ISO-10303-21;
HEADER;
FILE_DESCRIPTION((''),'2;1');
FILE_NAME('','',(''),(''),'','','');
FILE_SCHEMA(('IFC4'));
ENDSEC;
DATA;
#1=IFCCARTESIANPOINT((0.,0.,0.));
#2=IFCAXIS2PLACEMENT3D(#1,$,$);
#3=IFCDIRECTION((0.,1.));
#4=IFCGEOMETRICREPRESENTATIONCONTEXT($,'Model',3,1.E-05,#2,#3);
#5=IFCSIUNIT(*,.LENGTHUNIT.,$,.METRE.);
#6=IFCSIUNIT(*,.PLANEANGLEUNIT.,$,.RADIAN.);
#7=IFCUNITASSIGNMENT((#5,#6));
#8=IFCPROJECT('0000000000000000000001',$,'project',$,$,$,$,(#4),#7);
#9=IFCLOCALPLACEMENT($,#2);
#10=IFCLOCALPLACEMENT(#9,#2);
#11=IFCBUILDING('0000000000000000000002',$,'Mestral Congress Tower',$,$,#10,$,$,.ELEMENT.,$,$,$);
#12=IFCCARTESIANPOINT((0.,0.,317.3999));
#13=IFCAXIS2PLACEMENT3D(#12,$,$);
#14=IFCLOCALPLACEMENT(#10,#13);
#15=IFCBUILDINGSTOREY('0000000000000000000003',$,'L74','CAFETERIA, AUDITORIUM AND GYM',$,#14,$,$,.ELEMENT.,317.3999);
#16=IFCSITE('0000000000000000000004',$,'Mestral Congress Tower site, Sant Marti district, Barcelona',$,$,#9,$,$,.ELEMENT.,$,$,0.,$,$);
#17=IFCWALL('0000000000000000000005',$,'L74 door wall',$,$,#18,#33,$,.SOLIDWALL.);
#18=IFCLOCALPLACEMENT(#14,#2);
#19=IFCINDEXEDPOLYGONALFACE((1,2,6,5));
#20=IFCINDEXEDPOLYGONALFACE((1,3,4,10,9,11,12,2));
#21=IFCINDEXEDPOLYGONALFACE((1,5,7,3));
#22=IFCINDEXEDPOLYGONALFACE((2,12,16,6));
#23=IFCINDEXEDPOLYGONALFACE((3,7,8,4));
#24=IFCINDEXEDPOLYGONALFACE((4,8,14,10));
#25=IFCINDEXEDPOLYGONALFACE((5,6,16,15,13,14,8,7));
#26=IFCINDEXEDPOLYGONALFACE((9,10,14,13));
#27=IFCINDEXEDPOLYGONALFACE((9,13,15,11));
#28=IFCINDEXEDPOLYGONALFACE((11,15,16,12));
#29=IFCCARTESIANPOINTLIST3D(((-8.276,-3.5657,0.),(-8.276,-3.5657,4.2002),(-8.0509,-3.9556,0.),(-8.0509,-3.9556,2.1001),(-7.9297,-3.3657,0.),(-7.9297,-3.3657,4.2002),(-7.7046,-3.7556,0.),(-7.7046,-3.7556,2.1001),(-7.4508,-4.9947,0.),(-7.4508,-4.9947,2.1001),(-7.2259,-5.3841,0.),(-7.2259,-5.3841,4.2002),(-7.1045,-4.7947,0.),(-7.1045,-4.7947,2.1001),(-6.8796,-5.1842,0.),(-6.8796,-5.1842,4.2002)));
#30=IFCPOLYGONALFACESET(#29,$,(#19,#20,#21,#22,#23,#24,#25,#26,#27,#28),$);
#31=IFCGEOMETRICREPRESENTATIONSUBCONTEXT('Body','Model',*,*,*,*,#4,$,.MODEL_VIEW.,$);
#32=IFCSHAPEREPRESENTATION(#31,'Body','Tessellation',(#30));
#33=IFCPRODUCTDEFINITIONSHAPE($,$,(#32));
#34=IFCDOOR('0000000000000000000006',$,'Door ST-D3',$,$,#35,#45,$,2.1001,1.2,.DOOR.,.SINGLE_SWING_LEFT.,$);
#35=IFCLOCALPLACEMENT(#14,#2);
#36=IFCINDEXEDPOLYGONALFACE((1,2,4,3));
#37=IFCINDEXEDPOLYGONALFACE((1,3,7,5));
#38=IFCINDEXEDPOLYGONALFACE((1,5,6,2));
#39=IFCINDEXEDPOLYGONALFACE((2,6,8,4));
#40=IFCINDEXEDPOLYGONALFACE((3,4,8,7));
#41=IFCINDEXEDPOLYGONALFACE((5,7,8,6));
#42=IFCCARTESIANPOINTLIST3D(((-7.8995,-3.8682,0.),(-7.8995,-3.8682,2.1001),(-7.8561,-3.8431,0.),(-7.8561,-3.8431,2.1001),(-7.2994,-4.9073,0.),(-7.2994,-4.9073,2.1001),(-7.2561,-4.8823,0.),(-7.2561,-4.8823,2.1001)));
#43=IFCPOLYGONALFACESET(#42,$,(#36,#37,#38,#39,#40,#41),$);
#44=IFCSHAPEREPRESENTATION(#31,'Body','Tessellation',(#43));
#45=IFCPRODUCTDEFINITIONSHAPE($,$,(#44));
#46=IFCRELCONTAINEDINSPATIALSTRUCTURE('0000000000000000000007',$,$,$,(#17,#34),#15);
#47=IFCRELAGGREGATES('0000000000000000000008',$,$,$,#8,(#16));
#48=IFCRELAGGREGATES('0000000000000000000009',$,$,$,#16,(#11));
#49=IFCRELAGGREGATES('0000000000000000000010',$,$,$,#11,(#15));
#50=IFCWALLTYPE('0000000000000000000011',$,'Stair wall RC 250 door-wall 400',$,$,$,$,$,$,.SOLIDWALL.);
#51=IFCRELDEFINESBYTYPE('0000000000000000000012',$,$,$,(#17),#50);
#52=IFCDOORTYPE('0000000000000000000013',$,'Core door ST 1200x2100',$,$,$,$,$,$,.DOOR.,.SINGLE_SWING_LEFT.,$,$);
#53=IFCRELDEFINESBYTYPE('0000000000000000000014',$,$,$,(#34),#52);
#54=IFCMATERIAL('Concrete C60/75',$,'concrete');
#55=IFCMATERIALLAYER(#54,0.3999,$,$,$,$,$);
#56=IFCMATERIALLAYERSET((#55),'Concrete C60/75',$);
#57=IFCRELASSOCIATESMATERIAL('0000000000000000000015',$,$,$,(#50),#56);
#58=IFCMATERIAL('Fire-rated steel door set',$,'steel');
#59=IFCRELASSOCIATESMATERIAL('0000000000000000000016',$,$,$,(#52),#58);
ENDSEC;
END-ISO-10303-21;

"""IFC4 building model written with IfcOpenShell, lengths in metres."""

from ifc_helpers import new_model, si_unit, direction, frame, frame_2d, origin, place, context, subcontext, project, spatial, rectangle, extrude, material, layer, layer_set, type_object, element, fill, save


model = new_model("IFC4")

# Units and contexts
model_context = context("Model", 3, precision=1e-05, world=origin(), true_north=direction((0.0, 1.0)))
body_context = subcontext(model_context, "Body", "Model", "MODEL_VIEW")
ifc_project = project(units=[si_unit("LENGTHUNIT", "METRE"), si_unit("PLANEANGLEUNIT", "RADIAN")], contexts=[model_context])

# Site, building, storey
site_placement = place(None, origin())
site = spatial("IfcSite", under=ifc_project, at=site_placement, Name="Mestral Congress Tower site, Sant Marti district, Barcelona", CompositionType="ELEMENT", RefElevation=0.0)
building_placement = place(site_placement, origin())
building = spatial("IfcBuilding", under=site, at=building_placement, Name="Mestral Congress Tower", CompositionType="ELEMENT")
storey_placement = place(building_placement, frame((0.0, 0.0, 317.3999)))
storey = spatial("IfcBuildingStorey", under=building, at=storey_placement, Name="L74", Description="CAFETERIA, AUDITORIUM AND GYM", CompositionType="ELEMENT", Elevation=317.3999)

# Shared definitions
ifc_material_1 = material(Name="Fire-rated steel door set", Category="steel")

# Shared definitions
ifc_material_2 = material(Name="Concrete C60/75", Category="concrete")

# Wall, opening, door
ifc_layer_1 = layer(ifc_material_2, 0.3999)
ifc_layer_set_1 = layer_set([ifc_layer_1], Name="Concrete C60/75")
wall_type_1 = type_object("IfcWallType", Name="Stair wall RC 250 door-wall 400", PredefinedType="SOLIDWALL", material=ifc_layer_set_1)
wall_1_placement = place(storey_placement, frame((-8.1028, -3.4658, 0.0), z_axis=(0.0, 0.0, 1.0), x_axis=(0.500078, -0.86598, 0.0)))
wall_1 = element("IfcWall", 1, at=wall_1_placement, inside=storey, type_object=wall_type_1, Name="L74 door wall", PredefinedType="SOLIDWALL", context=body_context, shape_type="SweptSolid", body=[
    extrude(rectangle(XDim=2.0999, YDim=0.3999, at=frame_2d((1.0498, 0.0))), origin(), (0.0, 0.0, 1.0), 4.2002),
])
opening_1_placement = place(wall_1_placement, frame((0.45, 0.0, 0.0)))
opening_1 = element("IfcOpeningElement", 2, at=opening_1_placement, cuts=wall_1, PredefinedType="OPENING", context=body_context, shape_type="SweptSolid", body=[
    extrude(rectangle(XDim=1.2, YDim=2.1001, at=frame_2d((0.6001, 1.05))), frame((0.0, 0.21, 0.0), z_axis=(0.0, -1.0, 0.0), x_axis=(1.0, 0.0, 0.0)), (0.0, 0.0, 1.0), 0.4199),
])
door_type_1 = type_object("IfcDoorType", Name="Core door ST 1200x2100", OperationType="SINGLE_SWING_LEFT", PredefinedType="DOOR", material=ifc_material_1)
door_1_placement = place(opening_1_placement, origin())
door_1 = element("IfcDoor", 3, at=door_1_placement, inside=storey, type_object=door_type_1, Name="Door ST-D3", OperationType="SINGLE_SWING_LEFT", OverallHeight=2.1001, OverallWidth=1.2, PredefinedType="DOOR", context=body_context, shape_type="SweptSolid", body=[
    extrude(rectangle(XDim=1.2, YDim=2.1001, at=frame_2d((0.6001, 1.05))), frame((0.0, 0.0249, 0.0), z_axis=(0.0, -1.0, 0.0), x_axis=(1.0, 0.0, 0.0)), (0.0, 0.0, 1.0), 0.05),
])
fill(opening_1, door_1)

save(model, "model.ifc")
